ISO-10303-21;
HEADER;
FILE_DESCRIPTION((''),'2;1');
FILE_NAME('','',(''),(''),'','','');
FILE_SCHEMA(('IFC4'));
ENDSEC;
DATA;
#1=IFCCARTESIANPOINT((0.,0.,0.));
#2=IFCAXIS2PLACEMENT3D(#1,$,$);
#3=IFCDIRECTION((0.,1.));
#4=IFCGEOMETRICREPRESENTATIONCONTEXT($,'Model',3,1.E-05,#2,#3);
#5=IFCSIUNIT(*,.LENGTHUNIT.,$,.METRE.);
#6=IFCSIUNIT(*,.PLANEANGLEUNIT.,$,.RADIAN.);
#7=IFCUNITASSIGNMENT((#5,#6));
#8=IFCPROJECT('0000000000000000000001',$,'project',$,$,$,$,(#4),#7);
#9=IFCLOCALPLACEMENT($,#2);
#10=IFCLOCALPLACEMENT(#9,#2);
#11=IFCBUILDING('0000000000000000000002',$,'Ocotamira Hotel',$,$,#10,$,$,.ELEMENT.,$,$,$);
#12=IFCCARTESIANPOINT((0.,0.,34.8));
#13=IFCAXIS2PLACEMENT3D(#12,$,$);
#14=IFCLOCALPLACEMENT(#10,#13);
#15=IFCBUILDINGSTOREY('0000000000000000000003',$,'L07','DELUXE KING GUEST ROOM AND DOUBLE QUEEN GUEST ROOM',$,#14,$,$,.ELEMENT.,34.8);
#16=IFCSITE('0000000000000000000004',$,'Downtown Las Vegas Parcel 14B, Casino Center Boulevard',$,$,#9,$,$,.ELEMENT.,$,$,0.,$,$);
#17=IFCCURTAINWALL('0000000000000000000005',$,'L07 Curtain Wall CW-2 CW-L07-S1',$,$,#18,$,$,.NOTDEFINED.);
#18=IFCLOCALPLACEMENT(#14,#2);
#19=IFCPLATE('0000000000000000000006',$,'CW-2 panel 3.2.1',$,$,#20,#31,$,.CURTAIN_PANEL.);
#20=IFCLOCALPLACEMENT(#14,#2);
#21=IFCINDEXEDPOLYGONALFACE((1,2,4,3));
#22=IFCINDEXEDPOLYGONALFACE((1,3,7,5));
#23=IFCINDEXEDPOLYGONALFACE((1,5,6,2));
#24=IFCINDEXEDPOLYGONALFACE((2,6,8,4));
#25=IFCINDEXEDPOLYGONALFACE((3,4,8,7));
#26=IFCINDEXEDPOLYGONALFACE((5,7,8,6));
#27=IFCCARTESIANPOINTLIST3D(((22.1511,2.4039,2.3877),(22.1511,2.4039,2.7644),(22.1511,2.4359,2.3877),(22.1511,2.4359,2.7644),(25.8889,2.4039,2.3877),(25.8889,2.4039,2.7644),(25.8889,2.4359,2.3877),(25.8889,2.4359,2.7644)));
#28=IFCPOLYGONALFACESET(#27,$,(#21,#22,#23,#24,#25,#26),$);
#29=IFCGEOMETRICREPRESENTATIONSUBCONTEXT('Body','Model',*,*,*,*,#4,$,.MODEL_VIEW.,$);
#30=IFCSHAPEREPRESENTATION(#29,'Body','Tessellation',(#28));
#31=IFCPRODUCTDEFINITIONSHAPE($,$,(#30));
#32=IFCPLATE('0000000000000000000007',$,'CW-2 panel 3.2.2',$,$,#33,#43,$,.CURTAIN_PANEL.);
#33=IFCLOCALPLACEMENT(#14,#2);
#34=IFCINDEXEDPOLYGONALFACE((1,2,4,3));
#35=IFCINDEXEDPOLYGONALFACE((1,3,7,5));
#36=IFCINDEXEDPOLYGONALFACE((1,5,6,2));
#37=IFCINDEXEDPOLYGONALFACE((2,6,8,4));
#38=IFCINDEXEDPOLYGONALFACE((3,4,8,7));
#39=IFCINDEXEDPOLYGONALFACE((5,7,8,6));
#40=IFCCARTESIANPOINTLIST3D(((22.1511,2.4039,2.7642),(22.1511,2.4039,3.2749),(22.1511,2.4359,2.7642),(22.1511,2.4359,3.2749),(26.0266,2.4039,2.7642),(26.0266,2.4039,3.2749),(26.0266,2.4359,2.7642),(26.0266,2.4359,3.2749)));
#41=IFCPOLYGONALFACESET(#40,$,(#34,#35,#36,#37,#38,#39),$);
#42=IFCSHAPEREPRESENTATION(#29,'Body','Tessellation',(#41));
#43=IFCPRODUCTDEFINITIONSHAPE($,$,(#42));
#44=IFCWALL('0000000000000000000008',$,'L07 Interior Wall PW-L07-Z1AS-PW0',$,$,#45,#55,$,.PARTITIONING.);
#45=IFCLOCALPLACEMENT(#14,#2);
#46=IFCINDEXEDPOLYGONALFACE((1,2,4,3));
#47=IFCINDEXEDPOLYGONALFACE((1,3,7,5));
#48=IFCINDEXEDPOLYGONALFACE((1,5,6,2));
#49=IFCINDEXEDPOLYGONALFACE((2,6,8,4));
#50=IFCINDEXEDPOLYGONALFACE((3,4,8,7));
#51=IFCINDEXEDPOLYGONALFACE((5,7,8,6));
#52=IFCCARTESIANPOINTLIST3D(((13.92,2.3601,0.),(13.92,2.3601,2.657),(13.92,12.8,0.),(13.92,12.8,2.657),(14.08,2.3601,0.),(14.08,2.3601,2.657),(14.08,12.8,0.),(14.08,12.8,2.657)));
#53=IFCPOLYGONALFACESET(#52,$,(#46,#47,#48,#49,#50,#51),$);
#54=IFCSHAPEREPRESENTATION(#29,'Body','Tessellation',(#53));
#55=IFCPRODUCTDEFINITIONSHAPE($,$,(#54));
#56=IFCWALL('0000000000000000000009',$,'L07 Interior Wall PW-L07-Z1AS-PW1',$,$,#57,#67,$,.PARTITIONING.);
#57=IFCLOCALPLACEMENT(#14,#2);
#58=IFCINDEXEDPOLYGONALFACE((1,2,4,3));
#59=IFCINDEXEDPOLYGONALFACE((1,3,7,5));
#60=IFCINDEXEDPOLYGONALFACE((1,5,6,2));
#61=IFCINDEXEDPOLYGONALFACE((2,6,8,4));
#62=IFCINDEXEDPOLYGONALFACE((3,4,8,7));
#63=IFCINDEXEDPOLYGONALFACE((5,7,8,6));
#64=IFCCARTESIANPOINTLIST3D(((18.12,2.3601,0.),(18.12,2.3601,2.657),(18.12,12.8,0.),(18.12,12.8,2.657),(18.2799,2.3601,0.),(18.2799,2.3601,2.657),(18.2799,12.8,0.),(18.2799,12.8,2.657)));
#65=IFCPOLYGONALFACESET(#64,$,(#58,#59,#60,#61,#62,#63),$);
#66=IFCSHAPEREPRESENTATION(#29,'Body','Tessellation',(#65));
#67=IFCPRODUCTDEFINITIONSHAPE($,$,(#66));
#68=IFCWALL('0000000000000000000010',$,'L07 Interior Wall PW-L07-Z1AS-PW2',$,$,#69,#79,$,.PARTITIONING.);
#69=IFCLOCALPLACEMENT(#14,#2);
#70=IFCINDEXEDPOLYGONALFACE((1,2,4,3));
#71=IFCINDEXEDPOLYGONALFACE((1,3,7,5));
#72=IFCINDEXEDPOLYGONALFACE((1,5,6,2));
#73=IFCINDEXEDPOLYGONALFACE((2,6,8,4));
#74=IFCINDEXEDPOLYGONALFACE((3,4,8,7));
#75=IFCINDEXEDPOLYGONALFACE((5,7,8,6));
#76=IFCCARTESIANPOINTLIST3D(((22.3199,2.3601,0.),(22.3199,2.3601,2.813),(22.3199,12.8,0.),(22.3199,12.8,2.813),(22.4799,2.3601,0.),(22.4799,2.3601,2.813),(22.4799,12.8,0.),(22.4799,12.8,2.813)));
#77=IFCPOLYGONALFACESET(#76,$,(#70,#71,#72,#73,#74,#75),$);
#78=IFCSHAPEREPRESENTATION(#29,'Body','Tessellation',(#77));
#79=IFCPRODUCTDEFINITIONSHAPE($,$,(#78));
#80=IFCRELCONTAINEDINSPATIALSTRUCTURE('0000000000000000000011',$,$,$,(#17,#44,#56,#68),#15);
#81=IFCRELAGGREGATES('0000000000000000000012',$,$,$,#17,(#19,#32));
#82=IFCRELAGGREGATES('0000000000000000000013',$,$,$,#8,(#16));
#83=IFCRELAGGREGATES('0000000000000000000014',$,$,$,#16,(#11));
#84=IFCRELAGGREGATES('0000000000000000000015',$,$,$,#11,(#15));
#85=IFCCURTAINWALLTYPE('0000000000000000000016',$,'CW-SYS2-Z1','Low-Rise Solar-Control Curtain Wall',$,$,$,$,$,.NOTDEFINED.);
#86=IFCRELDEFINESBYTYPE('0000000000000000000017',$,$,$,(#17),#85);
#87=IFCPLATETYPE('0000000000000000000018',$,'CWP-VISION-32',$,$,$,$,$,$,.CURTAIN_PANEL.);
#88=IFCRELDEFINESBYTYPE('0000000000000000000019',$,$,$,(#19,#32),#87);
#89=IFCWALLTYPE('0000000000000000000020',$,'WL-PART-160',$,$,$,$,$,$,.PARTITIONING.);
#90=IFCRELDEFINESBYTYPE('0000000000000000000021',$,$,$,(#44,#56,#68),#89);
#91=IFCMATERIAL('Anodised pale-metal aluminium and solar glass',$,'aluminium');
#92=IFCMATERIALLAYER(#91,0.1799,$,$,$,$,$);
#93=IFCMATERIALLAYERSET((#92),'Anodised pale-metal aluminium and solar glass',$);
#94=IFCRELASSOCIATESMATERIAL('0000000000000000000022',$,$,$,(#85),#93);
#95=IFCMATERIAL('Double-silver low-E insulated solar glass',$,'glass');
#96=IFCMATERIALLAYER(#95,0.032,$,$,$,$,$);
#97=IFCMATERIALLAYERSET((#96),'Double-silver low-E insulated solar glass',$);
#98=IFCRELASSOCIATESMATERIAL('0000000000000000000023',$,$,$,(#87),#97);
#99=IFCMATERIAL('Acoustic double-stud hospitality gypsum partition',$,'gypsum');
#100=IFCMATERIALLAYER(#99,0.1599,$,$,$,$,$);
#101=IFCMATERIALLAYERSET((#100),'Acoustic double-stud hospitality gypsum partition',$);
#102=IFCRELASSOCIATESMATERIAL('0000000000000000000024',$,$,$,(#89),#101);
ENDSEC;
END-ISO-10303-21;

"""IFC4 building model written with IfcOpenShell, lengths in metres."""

from ifc_helpers import new_model, si_unit, direction, frame, frame_2d, origin, origin_2d, place, context, subcontext, project, spatial, rectangle, extrude, source, transform, mapped, material, layer, layer_set, type_object, element, aggregate, save


model = new_model("IFC4")

# Units and contexts
model_context = context("Model", 3, precision=1e-05, world=origin(), true_north=direction((0.0, 1.0)))
body_context = subcontext(model_context, "Body", "Model", "MODEL_VIEW")
ifc_project = project(units=[si_unit("LENGTHUNIT", "METRE"), si_unit("PLANEANGLEUNIT", "RADIAN")], contexts=[model_context])

# Site, building, storey
site_placement = place(None, origin())
site = spatial("IfcSite", under=ifc_project, at=site_placement, Name="Downtown Las Vegas Parcel 14B, Casino Center Boulevard", CompositionType="ELEMENT", RefElevation=0.0)
building_placement = place(site_placement, origin())
building = spatial("IfcBuilding", under=site, at=building_placement, Name="Ocotamira Hotel", CompositionType="ELEMENT")
storey_placement = place(building_placement, frame((0.0, 0.0, 34.8)))
storey = spatial("IfcBuildingStorey", under=building, at=storey_placement, Name="L07", Description="DELUXE KING GUEST ROOM AND DOUBLE QUEEN GUEST ROOM", CompositionType="ELEMENT", Elevation=34.8)

# Curtain wall
ifc_material_1 = material(Name="Anodised pale-metal aluminium and solar glass", Category="aluminium")
ifc_layer_1 = layer(ifc_material_1, 0.1799)
ifc_layer_set_1 = layer_set([ifc_layer_1], Name="Anodised pale-metal aluminium and solar glass")
curtain_wall_type = type_object("IfcCurtainWallType", Name="CW-SYS2-Z1", Description="Low-Rise Solar-Control Curtain Wall", PredefinedType="NOTDEFINED", material=ifc_layer_set_1)
curtain_wall_placement = place(storey_placement, origin())
curtain_wall = element("IfcCurtainWall", 1, at=curtain_wall_placement, inside=storey, type_object=curtain_wall_type, Name="L07 Curtain Wall CW-2 CW-L07-S1", PredefinedType="NOTDEFINED")

# Plates
ifc_material_2 = material(Name="Double-silver low-E insulated solar glass", Category="glass")
ifc_layer_2 = layer(ifc_material_2, 0.032)
ifc_layer_set_2 = layer_set([ifc_layer_2], Name="Double-silver low-E insulated solar glass")
plate_type_1 = type_object("IfcPlateType", Name="CWP-VISION-32", PredefinedType="CURTAIN_PANEL", material=ifc_layer_set_2)
shared_shape_1 = source(origin(), body_context, "Body", "SweptSolid", [
    extrude(rectangle(XDim=3.7378, YDim=0.032, at=origin_2d()), origin(), (0.0, 0.0, 1.0), 0.3767),
])
plate_1_placement = place(storey_placement, frame((24.02, 2.4199, 2.3877), z_axis=(0.0, 0.0, 1.0), x_axis=(1.0, 0.0, 0.0)))
plate_1 = element("IfcPlate", 2, at=plate_1_placement, type_object=plate_type_1, Name="CW-2 panel 3.2.1", PredefinedType="CURTAIN_PANEL", context=body_context, shape_type="MappedRepresentation", body=[
    mapped(shared_shape_1, transform((0.0, 0.0, 0.0), scale=1.0)),
])
shared_shape_2 = source(origin(), body_context, "Body", "SweptSolid", [
    extrude(rectangle(XDim=3.8755, YDim=0.032, at=origin_2d()), origin(), (0.0, 0.0, 1.0), 0.5107),
])
plate_2_placement = place(storey_placement, frame((24.0889, 2.4199, 2.7642), z_axis=(0.0, 0.0, 1.0), x_axis=(1.0, 0.0, 0.0)))
plate_2 = element("IfcPlate", 3, at=plate_2_placement, type_object=plate_type_1, Name="CW-2 panel 3.2.2", PredefinedType="CURTAIN_PANEL", context=body_context, shape_type="MappedRepresentation", body=[
    mapped(shared_shape_2, transform((0.0, 0.0, 0.0), scale=1.0)),
])
aggregate(curtain_wall, [plate_1, plate_2])

# Walls
ifc_material_3 = material(Name="Acoustic double-stud hospitality gypsum partition", Category="gypsum")
ifc_layer_3 = layer(ifc_material_3, 0.1599)
ifc_layer_set_3 = layer_set([ifc_layer_3], Name="Acoustic double-stud hospitality gypsum partition")
wall_type = type_object("IfcWallType", Name="WL-PART-160", PredefinedType="PARTITIONING", material=ifc_layer_set_3)
for number, where, z_axis, x_axis, name in (
    (4, (14.0, 2.3601, 0.0), (0.0, 0.0, 1.0), (0.0, 1.0, 0.0), "L07 Interior Wall PW-L07-Z1AS-PW0"),
    (5, (18.2, 2.3601, 0.0), (0.0, 0.0, 1.0), (0.0, 1.0, 0.0), "L07 Interior Wall PW-L07-Z1AS-PW1"),
):
    element("IfcWall", number, at=place(storey_placement, frame(where, z_axis=z_axis, x_axis=x_axis)), inside=storey, type_object=wall_type, Name=name, PredefinedType="PARTITIONING", context=body_context, shape_type="SweptSolid", body=[
        extrude(rectangle(XDim=10.4399, YDim=0.1599, at=frame_2d((5.22, 0.0))), origin(), (0.0, 0.0, 1.0), 2.657),
    ])
wall_placement = place(storey_placement, frame((22.3999, 2.3601, 0.0), z_axis=(0.0, 0.0, 1.0), x_axis=(0.0, 1.0, 0.0)))
element("IfcWall", 6, at=wall_placement, inside=storey, type_object=wall_type, Name="L07 Interior Wall PW-L07-Z1AS-PW2", PredefinedType="PARTITIONING", context=body_context, shape_type="SweptSolid", body=[
    extrude(rectangle(XDim=10.4399, YDim=0.1599, at=frame_2d((5.22, 0.0))), origin(), (0.0, 0.0, 1.0), 2.813),
])

save(model, "model.ifc")
